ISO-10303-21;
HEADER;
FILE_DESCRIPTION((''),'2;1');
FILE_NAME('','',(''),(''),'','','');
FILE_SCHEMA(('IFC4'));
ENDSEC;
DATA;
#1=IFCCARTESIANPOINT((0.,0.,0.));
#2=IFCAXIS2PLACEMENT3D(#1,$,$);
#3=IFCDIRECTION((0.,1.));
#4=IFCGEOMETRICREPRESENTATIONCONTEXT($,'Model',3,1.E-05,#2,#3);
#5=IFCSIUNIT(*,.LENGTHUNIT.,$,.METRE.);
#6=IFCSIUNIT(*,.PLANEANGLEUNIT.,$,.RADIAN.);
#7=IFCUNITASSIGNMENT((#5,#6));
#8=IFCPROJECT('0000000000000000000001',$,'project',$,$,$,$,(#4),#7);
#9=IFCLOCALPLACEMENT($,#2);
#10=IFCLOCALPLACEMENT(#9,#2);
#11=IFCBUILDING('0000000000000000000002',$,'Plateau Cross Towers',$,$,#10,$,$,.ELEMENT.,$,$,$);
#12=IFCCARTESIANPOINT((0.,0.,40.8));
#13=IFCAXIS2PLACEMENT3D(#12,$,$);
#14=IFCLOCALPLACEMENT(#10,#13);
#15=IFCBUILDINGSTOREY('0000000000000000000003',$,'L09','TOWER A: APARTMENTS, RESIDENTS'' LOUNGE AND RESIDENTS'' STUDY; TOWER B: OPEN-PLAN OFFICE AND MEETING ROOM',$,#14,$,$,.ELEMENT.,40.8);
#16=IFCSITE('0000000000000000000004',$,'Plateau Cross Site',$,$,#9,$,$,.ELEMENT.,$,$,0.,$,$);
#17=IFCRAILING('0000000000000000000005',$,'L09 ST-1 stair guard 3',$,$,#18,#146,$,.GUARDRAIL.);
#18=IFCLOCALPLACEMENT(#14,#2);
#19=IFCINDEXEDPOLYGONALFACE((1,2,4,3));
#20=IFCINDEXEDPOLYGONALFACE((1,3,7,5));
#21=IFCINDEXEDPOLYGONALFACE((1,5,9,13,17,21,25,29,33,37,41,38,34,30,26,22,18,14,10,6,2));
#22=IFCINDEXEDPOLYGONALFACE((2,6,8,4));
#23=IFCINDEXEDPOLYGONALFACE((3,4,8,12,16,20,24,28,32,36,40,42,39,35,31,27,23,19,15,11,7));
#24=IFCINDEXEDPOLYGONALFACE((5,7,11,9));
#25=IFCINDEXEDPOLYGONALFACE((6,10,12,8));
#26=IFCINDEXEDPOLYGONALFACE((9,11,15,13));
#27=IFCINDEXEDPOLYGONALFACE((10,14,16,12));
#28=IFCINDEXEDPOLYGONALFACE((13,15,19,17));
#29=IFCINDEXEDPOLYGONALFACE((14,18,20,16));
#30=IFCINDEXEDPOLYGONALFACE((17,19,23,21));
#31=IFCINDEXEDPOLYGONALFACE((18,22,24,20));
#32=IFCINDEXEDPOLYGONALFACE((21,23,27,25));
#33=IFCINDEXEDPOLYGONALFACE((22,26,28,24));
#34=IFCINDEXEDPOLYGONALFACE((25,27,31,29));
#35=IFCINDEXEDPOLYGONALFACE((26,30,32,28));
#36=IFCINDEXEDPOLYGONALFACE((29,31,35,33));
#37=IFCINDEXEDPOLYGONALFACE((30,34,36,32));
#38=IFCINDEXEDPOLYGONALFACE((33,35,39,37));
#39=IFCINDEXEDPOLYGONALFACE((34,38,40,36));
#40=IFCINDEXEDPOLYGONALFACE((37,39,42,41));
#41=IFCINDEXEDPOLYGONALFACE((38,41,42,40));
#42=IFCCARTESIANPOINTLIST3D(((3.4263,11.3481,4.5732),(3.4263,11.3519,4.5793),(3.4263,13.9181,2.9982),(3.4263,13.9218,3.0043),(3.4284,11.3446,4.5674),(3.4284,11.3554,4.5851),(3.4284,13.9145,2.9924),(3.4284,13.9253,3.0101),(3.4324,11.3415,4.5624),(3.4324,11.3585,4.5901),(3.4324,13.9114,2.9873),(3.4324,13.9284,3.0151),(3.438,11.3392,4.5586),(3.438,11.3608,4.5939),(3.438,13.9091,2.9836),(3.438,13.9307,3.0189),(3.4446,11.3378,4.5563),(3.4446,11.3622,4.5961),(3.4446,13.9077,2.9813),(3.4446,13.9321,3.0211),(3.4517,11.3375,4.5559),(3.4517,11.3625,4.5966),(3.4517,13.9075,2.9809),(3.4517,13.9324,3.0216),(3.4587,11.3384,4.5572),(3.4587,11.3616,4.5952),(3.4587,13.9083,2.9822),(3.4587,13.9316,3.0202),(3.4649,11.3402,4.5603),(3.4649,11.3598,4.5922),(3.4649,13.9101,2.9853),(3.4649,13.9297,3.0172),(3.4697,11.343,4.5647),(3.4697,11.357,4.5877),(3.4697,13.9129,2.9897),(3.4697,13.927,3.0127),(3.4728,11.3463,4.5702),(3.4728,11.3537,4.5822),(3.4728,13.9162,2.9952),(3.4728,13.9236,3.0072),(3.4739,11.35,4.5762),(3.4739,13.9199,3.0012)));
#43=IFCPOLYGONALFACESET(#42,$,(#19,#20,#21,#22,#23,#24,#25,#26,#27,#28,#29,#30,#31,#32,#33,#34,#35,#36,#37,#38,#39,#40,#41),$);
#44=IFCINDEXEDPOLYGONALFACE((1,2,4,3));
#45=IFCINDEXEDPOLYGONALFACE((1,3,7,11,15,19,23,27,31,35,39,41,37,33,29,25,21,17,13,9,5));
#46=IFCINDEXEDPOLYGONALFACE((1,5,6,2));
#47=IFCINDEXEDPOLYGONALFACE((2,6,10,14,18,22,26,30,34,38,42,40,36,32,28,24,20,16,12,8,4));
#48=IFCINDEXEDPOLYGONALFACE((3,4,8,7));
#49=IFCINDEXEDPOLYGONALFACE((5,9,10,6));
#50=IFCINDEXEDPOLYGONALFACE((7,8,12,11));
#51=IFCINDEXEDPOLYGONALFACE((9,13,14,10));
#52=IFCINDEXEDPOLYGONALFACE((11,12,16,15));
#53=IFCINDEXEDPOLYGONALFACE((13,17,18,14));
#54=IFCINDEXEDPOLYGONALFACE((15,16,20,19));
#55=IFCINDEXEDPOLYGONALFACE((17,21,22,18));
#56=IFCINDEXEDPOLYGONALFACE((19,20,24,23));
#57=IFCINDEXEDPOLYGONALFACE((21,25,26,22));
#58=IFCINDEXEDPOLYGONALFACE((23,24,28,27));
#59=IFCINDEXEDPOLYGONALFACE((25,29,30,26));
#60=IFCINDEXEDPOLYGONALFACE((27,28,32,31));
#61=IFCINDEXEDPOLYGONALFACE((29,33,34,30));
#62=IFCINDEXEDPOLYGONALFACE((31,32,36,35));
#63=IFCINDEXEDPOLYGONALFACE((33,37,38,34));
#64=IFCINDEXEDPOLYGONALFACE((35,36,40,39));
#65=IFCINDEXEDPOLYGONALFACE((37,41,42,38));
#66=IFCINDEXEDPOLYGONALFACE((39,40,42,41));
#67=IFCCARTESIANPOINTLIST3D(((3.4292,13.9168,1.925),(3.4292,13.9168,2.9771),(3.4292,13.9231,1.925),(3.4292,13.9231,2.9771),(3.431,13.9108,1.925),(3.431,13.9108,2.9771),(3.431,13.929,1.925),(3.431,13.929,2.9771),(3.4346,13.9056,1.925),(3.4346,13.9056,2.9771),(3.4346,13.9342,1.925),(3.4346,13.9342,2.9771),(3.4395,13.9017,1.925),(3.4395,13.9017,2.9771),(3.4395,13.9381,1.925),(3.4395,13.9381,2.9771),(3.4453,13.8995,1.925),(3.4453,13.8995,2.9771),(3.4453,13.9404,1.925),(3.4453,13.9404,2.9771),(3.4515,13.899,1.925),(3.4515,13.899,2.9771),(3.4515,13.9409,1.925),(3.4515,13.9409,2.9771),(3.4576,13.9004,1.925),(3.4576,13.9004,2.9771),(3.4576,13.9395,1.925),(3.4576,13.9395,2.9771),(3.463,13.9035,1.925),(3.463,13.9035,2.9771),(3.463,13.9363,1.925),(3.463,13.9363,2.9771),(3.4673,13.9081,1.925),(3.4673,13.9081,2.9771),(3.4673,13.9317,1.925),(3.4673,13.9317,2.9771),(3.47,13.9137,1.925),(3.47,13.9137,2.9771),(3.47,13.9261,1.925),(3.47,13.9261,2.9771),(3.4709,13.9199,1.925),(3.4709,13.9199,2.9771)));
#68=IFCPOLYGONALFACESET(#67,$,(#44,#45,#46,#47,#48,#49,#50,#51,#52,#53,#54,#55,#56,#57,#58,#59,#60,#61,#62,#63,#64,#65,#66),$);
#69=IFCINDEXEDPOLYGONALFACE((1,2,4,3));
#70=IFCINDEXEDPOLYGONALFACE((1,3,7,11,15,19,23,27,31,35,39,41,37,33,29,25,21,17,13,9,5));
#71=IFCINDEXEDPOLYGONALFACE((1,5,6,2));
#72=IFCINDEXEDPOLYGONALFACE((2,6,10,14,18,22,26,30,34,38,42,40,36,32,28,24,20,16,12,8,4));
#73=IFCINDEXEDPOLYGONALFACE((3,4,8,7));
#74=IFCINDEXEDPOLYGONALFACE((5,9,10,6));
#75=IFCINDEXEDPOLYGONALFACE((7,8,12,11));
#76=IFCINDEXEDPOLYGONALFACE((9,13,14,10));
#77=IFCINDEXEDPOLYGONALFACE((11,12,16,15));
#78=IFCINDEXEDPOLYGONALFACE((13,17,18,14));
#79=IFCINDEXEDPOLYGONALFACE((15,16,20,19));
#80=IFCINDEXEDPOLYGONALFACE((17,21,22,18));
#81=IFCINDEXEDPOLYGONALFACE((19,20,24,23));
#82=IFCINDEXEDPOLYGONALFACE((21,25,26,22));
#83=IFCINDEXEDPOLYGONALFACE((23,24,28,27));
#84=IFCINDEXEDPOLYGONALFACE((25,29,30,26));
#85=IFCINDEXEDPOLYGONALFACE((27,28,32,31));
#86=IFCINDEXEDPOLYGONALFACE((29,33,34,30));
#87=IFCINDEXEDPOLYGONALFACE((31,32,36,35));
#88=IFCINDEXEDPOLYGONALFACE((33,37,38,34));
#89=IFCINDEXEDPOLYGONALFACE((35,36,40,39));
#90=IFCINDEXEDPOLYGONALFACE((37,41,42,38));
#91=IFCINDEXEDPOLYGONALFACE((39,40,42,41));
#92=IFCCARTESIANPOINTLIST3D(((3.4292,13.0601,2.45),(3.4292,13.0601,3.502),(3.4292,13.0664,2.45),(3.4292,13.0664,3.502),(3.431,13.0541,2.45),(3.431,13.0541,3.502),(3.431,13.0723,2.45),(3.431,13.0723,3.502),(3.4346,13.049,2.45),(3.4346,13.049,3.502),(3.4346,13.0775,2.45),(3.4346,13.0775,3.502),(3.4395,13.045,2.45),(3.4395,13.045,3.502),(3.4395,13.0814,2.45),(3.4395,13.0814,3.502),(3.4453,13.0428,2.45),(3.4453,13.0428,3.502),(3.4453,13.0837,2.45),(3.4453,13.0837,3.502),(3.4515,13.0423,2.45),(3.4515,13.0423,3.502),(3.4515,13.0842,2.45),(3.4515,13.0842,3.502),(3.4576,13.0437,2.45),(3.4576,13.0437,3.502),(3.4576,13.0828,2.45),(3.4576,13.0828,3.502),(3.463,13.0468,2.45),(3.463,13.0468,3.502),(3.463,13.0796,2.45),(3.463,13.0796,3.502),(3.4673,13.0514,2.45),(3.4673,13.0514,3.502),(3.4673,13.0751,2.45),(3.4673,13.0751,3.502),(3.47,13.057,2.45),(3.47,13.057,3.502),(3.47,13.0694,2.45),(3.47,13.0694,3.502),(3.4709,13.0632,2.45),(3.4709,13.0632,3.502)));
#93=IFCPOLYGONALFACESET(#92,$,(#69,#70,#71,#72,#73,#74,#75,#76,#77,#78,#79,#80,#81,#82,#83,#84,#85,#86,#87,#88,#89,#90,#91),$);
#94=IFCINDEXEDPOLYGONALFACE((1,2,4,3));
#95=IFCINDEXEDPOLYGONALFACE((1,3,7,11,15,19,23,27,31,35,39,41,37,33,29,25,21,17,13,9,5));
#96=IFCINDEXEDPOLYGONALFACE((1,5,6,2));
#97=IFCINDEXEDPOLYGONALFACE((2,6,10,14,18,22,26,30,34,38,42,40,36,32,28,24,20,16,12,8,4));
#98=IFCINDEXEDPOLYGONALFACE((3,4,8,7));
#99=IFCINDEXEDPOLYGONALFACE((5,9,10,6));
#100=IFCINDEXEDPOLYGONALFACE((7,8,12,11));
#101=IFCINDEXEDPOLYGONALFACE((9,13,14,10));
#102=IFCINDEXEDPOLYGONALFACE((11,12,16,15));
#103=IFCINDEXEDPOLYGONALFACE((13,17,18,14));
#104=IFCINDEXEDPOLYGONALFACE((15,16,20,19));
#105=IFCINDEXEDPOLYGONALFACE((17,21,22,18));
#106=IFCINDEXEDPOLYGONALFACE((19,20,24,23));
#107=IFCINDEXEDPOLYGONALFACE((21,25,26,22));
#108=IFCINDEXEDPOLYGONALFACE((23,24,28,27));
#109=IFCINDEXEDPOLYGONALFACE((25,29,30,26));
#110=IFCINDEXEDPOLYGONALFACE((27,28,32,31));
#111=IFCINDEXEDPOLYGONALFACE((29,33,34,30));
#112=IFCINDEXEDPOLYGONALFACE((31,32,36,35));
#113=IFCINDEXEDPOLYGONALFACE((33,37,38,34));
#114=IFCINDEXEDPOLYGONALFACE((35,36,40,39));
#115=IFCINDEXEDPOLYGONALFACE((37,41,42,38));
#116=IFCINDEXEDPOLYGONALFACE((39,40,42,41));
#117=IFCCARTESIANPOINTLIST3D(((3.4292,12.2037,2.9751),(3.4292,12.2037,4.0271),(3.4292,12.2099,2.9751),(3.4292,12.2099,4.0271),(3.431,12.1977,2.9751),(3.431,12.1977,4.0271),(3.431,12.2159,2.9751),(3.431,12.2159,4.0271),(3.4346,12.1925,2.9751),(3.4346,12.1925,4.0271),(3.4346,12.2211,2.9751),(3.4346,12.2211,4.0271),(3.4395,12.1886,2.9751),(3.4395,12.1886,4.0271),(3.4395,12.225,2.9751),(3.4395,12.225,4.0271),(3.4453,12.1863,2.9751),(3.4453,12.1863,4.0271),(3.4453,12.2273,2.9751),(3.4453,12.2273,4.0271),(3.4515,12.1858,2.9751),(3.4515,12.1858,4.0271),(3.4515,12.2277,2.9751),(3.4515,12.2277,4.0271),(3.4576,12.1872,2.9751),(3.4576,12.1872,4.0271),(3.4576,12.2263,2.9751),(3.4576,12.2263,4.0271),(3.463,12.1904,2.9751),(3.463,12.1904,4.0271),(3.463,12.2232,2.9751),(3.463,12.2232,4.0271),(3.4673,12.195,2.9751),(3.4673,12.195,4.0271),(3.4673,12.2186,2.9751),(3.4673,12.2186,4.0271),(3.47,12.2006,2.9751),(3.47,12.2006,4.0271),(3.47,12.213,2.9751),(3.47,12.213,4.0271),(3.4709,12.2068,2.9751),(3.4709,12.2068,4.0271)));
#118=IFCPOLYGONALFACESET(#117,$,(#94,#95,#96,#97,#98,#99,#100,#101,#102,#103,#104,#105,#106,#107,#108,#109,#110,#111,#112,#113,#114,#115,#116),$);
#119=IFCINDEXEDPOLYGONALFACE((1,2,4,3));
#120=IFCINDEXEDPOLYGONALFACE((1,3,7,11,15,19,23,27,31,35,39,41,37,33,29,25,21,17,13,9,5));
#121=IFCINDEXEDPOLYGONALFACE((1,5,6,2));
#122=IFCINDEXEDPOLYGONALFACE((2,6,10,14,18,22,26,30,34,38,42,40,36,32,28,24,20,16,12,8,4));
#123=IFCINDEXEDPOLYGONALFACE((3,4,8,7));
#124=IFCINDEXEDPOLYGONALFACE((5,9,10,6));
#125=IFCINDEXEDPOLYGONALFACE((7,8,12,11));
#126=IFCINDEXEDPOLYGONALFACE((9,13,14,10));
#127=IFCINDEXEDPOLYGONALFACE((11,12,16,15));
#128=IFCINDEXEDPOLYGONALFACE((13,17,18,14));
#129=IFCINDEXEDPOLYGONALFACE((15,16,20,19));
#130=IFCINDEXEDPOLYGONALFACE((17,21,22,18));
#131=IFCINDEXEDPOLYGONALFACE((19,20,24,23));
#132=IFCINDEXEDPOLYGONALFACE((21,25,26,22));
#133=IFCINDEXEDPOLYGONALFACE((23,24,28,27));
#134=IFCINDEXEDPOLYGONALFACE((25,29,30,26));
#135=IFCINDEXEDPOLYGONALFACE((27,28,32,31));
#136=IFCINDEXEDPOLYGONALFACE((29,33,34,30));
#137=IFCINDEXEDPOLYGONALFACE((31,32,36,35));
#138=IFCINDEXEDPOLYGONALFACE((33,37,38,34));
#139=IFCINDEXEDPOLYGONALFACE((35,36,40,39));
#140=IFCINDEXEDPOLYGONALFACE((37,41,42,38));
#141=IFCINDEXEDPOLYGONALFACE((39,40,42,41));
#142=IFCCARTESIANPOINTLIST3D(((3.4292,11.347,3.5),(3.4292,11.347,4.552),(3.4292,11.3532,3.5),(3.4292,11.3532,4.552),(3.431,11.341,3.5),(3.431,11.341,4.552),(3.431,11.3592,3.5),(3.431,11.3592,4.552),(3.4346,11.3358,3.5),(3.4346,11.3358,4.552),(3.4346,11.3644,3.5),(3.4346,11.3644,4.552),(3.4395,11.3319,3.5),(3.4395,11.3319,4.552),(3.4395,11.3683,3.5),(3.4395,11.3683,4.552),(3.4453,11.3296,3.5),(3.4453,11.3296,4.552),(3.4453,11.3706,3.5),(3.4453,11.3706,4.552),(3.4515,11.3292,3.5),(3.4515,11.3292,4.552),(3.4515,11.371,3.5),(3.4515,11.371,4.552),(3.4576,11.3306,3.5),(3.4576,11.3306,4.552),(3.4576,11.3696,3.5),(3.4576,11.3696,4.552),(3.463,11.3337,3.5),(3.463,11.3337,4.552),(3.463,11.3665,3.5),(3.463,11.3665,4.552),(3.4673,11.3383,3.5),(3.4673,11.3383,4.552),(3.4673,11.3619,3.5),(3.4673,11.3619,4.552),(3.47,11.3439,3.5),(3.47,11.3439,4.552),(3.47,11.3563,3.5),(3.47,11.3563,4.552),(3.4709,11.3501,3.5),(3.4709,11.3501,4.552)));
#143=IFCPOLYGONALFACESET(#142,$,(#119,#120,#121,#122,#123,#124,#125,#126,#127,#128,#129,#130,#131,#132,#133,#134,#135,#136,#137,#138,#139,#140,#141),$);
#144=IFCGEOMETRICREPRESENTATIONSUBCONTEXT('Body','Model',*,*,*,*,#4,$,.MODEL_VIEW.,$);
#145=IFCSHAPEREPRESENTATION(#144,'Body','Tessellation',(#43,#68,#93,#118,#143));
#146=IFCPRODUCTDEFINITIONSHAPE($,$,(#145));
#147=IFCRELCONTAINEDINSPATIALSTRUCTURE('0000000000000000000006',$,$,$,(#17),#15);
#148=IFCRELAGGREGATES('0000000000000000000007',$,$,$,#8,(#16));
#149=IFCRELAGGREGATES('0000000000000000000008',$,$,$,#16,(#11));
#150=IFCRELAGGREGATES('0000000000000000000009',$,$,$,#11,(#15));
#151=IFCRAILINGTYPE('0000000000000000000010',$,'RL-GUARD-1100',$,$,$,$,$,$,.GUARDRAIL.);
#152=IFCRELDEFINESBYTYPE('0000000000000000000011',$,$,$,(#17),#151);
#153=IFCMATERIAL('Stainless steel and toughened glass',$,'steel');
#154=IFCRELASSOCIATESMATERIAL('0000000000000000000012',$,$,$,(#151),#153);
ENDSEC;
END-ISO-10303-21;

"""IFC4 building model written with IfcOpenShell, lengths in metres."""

from ifc_helpers import new_model, si_unit, direction, frame, origin, origin_2d, place, context, subcontext, project, spatial, circle, extrude, material, type_object, element, save


model = new_model("IFC4")

# Units and contexts
model_context = context("Model", 3, precision=1e-05, world=origin(), true_north=direction((0.0, 1.0)))
body_context = subcontext(model_context, "Body", "Model", "MODEL_VIEW")
ifc_project = project(units=[si_unit("LENGTHUNIT", "METRE"), si_unit("PLANEANGLEUNIT", "RADIAN")], contexts=[model_context])

# Site, building, storey
site_placement = place(None, origin())
site = spatial("IfcSite", under=ifc_project, at=site_placement, Name="Plateau Cross Site", CompositionType="ELEMENT", RefElevation=0.0)
building_placement = place(site_placement, origin())
building = spatial("IfcBuilding", under=site, at=building_placement, Name="Plateau Cross Towers", CompositionType="ELEMENT")
storey_placement = place(building_placement, frame((0.0, 0.0, 40.8)))
storey = spatial("IfcBuildingStorey", under=building, at=storey_placement, Name="L09", Description="TOWER A: APARTMENTS, RESIDENTS' LOUNGE AND RESIDENTS' STUDY; TOWER B: OPEN-PLAN OFFICE AND MEETING ROOM", CompositionType="ELEMENT", Elevation=40.8)

# Railing
ifc_material_1 = material(Name="Stainless steel and toughened glass", Category="steel")
railing_type_1 = type_object("IfcRailingType", Name="RL-GUARD-1100", PredefinedType="GUARDRAIL", material=ifc_material_1)
railing_1_placement = place(storey_placement, frame((3.45, 13.9199, 1.925)))
element("IfcRailing", 1, at=railing_1_placement, inside=storey, type_object=railing_type_1, Name="L09 ST-1 stair guard 3", PredefinedType="GUARDRAIL", context=body_context, shape_type="SweptSolid", body=[
    extrude(circle(Radius=0.0239, at=origin_2d()), frame((0.0, 0.0, 1.0762), z_axis=(0.0, -0.852616, 0.522537), x_axis=(1.0, 0.0, 0.0)), (0.0, 0.0, 1.0), 3.0142),
    extrude(circle(Radius=0.021, at=origin_2d()), origin(), (0.0, 0.0, 1.0), 1.052),
    extrude(circle(Radius=0.021, at=origin_2d()), frame((0.0, -0.8567, 0.5249)), (0.0, 0.0, 1.0), 1.052),
    extrude(circle(Radius=0.021, at=origin_2d()), frame((0.0, -1.7131, 1.05)), (0.0, 0.0, 1.0), 1.052),
    extrude(circle(Radius=0.021, at=origin_2d()), frame((0.0, -2.5698, 1.575)), (0.0, 0.0, 1.0), 1.052),
])

save(model, "model.ifc")
